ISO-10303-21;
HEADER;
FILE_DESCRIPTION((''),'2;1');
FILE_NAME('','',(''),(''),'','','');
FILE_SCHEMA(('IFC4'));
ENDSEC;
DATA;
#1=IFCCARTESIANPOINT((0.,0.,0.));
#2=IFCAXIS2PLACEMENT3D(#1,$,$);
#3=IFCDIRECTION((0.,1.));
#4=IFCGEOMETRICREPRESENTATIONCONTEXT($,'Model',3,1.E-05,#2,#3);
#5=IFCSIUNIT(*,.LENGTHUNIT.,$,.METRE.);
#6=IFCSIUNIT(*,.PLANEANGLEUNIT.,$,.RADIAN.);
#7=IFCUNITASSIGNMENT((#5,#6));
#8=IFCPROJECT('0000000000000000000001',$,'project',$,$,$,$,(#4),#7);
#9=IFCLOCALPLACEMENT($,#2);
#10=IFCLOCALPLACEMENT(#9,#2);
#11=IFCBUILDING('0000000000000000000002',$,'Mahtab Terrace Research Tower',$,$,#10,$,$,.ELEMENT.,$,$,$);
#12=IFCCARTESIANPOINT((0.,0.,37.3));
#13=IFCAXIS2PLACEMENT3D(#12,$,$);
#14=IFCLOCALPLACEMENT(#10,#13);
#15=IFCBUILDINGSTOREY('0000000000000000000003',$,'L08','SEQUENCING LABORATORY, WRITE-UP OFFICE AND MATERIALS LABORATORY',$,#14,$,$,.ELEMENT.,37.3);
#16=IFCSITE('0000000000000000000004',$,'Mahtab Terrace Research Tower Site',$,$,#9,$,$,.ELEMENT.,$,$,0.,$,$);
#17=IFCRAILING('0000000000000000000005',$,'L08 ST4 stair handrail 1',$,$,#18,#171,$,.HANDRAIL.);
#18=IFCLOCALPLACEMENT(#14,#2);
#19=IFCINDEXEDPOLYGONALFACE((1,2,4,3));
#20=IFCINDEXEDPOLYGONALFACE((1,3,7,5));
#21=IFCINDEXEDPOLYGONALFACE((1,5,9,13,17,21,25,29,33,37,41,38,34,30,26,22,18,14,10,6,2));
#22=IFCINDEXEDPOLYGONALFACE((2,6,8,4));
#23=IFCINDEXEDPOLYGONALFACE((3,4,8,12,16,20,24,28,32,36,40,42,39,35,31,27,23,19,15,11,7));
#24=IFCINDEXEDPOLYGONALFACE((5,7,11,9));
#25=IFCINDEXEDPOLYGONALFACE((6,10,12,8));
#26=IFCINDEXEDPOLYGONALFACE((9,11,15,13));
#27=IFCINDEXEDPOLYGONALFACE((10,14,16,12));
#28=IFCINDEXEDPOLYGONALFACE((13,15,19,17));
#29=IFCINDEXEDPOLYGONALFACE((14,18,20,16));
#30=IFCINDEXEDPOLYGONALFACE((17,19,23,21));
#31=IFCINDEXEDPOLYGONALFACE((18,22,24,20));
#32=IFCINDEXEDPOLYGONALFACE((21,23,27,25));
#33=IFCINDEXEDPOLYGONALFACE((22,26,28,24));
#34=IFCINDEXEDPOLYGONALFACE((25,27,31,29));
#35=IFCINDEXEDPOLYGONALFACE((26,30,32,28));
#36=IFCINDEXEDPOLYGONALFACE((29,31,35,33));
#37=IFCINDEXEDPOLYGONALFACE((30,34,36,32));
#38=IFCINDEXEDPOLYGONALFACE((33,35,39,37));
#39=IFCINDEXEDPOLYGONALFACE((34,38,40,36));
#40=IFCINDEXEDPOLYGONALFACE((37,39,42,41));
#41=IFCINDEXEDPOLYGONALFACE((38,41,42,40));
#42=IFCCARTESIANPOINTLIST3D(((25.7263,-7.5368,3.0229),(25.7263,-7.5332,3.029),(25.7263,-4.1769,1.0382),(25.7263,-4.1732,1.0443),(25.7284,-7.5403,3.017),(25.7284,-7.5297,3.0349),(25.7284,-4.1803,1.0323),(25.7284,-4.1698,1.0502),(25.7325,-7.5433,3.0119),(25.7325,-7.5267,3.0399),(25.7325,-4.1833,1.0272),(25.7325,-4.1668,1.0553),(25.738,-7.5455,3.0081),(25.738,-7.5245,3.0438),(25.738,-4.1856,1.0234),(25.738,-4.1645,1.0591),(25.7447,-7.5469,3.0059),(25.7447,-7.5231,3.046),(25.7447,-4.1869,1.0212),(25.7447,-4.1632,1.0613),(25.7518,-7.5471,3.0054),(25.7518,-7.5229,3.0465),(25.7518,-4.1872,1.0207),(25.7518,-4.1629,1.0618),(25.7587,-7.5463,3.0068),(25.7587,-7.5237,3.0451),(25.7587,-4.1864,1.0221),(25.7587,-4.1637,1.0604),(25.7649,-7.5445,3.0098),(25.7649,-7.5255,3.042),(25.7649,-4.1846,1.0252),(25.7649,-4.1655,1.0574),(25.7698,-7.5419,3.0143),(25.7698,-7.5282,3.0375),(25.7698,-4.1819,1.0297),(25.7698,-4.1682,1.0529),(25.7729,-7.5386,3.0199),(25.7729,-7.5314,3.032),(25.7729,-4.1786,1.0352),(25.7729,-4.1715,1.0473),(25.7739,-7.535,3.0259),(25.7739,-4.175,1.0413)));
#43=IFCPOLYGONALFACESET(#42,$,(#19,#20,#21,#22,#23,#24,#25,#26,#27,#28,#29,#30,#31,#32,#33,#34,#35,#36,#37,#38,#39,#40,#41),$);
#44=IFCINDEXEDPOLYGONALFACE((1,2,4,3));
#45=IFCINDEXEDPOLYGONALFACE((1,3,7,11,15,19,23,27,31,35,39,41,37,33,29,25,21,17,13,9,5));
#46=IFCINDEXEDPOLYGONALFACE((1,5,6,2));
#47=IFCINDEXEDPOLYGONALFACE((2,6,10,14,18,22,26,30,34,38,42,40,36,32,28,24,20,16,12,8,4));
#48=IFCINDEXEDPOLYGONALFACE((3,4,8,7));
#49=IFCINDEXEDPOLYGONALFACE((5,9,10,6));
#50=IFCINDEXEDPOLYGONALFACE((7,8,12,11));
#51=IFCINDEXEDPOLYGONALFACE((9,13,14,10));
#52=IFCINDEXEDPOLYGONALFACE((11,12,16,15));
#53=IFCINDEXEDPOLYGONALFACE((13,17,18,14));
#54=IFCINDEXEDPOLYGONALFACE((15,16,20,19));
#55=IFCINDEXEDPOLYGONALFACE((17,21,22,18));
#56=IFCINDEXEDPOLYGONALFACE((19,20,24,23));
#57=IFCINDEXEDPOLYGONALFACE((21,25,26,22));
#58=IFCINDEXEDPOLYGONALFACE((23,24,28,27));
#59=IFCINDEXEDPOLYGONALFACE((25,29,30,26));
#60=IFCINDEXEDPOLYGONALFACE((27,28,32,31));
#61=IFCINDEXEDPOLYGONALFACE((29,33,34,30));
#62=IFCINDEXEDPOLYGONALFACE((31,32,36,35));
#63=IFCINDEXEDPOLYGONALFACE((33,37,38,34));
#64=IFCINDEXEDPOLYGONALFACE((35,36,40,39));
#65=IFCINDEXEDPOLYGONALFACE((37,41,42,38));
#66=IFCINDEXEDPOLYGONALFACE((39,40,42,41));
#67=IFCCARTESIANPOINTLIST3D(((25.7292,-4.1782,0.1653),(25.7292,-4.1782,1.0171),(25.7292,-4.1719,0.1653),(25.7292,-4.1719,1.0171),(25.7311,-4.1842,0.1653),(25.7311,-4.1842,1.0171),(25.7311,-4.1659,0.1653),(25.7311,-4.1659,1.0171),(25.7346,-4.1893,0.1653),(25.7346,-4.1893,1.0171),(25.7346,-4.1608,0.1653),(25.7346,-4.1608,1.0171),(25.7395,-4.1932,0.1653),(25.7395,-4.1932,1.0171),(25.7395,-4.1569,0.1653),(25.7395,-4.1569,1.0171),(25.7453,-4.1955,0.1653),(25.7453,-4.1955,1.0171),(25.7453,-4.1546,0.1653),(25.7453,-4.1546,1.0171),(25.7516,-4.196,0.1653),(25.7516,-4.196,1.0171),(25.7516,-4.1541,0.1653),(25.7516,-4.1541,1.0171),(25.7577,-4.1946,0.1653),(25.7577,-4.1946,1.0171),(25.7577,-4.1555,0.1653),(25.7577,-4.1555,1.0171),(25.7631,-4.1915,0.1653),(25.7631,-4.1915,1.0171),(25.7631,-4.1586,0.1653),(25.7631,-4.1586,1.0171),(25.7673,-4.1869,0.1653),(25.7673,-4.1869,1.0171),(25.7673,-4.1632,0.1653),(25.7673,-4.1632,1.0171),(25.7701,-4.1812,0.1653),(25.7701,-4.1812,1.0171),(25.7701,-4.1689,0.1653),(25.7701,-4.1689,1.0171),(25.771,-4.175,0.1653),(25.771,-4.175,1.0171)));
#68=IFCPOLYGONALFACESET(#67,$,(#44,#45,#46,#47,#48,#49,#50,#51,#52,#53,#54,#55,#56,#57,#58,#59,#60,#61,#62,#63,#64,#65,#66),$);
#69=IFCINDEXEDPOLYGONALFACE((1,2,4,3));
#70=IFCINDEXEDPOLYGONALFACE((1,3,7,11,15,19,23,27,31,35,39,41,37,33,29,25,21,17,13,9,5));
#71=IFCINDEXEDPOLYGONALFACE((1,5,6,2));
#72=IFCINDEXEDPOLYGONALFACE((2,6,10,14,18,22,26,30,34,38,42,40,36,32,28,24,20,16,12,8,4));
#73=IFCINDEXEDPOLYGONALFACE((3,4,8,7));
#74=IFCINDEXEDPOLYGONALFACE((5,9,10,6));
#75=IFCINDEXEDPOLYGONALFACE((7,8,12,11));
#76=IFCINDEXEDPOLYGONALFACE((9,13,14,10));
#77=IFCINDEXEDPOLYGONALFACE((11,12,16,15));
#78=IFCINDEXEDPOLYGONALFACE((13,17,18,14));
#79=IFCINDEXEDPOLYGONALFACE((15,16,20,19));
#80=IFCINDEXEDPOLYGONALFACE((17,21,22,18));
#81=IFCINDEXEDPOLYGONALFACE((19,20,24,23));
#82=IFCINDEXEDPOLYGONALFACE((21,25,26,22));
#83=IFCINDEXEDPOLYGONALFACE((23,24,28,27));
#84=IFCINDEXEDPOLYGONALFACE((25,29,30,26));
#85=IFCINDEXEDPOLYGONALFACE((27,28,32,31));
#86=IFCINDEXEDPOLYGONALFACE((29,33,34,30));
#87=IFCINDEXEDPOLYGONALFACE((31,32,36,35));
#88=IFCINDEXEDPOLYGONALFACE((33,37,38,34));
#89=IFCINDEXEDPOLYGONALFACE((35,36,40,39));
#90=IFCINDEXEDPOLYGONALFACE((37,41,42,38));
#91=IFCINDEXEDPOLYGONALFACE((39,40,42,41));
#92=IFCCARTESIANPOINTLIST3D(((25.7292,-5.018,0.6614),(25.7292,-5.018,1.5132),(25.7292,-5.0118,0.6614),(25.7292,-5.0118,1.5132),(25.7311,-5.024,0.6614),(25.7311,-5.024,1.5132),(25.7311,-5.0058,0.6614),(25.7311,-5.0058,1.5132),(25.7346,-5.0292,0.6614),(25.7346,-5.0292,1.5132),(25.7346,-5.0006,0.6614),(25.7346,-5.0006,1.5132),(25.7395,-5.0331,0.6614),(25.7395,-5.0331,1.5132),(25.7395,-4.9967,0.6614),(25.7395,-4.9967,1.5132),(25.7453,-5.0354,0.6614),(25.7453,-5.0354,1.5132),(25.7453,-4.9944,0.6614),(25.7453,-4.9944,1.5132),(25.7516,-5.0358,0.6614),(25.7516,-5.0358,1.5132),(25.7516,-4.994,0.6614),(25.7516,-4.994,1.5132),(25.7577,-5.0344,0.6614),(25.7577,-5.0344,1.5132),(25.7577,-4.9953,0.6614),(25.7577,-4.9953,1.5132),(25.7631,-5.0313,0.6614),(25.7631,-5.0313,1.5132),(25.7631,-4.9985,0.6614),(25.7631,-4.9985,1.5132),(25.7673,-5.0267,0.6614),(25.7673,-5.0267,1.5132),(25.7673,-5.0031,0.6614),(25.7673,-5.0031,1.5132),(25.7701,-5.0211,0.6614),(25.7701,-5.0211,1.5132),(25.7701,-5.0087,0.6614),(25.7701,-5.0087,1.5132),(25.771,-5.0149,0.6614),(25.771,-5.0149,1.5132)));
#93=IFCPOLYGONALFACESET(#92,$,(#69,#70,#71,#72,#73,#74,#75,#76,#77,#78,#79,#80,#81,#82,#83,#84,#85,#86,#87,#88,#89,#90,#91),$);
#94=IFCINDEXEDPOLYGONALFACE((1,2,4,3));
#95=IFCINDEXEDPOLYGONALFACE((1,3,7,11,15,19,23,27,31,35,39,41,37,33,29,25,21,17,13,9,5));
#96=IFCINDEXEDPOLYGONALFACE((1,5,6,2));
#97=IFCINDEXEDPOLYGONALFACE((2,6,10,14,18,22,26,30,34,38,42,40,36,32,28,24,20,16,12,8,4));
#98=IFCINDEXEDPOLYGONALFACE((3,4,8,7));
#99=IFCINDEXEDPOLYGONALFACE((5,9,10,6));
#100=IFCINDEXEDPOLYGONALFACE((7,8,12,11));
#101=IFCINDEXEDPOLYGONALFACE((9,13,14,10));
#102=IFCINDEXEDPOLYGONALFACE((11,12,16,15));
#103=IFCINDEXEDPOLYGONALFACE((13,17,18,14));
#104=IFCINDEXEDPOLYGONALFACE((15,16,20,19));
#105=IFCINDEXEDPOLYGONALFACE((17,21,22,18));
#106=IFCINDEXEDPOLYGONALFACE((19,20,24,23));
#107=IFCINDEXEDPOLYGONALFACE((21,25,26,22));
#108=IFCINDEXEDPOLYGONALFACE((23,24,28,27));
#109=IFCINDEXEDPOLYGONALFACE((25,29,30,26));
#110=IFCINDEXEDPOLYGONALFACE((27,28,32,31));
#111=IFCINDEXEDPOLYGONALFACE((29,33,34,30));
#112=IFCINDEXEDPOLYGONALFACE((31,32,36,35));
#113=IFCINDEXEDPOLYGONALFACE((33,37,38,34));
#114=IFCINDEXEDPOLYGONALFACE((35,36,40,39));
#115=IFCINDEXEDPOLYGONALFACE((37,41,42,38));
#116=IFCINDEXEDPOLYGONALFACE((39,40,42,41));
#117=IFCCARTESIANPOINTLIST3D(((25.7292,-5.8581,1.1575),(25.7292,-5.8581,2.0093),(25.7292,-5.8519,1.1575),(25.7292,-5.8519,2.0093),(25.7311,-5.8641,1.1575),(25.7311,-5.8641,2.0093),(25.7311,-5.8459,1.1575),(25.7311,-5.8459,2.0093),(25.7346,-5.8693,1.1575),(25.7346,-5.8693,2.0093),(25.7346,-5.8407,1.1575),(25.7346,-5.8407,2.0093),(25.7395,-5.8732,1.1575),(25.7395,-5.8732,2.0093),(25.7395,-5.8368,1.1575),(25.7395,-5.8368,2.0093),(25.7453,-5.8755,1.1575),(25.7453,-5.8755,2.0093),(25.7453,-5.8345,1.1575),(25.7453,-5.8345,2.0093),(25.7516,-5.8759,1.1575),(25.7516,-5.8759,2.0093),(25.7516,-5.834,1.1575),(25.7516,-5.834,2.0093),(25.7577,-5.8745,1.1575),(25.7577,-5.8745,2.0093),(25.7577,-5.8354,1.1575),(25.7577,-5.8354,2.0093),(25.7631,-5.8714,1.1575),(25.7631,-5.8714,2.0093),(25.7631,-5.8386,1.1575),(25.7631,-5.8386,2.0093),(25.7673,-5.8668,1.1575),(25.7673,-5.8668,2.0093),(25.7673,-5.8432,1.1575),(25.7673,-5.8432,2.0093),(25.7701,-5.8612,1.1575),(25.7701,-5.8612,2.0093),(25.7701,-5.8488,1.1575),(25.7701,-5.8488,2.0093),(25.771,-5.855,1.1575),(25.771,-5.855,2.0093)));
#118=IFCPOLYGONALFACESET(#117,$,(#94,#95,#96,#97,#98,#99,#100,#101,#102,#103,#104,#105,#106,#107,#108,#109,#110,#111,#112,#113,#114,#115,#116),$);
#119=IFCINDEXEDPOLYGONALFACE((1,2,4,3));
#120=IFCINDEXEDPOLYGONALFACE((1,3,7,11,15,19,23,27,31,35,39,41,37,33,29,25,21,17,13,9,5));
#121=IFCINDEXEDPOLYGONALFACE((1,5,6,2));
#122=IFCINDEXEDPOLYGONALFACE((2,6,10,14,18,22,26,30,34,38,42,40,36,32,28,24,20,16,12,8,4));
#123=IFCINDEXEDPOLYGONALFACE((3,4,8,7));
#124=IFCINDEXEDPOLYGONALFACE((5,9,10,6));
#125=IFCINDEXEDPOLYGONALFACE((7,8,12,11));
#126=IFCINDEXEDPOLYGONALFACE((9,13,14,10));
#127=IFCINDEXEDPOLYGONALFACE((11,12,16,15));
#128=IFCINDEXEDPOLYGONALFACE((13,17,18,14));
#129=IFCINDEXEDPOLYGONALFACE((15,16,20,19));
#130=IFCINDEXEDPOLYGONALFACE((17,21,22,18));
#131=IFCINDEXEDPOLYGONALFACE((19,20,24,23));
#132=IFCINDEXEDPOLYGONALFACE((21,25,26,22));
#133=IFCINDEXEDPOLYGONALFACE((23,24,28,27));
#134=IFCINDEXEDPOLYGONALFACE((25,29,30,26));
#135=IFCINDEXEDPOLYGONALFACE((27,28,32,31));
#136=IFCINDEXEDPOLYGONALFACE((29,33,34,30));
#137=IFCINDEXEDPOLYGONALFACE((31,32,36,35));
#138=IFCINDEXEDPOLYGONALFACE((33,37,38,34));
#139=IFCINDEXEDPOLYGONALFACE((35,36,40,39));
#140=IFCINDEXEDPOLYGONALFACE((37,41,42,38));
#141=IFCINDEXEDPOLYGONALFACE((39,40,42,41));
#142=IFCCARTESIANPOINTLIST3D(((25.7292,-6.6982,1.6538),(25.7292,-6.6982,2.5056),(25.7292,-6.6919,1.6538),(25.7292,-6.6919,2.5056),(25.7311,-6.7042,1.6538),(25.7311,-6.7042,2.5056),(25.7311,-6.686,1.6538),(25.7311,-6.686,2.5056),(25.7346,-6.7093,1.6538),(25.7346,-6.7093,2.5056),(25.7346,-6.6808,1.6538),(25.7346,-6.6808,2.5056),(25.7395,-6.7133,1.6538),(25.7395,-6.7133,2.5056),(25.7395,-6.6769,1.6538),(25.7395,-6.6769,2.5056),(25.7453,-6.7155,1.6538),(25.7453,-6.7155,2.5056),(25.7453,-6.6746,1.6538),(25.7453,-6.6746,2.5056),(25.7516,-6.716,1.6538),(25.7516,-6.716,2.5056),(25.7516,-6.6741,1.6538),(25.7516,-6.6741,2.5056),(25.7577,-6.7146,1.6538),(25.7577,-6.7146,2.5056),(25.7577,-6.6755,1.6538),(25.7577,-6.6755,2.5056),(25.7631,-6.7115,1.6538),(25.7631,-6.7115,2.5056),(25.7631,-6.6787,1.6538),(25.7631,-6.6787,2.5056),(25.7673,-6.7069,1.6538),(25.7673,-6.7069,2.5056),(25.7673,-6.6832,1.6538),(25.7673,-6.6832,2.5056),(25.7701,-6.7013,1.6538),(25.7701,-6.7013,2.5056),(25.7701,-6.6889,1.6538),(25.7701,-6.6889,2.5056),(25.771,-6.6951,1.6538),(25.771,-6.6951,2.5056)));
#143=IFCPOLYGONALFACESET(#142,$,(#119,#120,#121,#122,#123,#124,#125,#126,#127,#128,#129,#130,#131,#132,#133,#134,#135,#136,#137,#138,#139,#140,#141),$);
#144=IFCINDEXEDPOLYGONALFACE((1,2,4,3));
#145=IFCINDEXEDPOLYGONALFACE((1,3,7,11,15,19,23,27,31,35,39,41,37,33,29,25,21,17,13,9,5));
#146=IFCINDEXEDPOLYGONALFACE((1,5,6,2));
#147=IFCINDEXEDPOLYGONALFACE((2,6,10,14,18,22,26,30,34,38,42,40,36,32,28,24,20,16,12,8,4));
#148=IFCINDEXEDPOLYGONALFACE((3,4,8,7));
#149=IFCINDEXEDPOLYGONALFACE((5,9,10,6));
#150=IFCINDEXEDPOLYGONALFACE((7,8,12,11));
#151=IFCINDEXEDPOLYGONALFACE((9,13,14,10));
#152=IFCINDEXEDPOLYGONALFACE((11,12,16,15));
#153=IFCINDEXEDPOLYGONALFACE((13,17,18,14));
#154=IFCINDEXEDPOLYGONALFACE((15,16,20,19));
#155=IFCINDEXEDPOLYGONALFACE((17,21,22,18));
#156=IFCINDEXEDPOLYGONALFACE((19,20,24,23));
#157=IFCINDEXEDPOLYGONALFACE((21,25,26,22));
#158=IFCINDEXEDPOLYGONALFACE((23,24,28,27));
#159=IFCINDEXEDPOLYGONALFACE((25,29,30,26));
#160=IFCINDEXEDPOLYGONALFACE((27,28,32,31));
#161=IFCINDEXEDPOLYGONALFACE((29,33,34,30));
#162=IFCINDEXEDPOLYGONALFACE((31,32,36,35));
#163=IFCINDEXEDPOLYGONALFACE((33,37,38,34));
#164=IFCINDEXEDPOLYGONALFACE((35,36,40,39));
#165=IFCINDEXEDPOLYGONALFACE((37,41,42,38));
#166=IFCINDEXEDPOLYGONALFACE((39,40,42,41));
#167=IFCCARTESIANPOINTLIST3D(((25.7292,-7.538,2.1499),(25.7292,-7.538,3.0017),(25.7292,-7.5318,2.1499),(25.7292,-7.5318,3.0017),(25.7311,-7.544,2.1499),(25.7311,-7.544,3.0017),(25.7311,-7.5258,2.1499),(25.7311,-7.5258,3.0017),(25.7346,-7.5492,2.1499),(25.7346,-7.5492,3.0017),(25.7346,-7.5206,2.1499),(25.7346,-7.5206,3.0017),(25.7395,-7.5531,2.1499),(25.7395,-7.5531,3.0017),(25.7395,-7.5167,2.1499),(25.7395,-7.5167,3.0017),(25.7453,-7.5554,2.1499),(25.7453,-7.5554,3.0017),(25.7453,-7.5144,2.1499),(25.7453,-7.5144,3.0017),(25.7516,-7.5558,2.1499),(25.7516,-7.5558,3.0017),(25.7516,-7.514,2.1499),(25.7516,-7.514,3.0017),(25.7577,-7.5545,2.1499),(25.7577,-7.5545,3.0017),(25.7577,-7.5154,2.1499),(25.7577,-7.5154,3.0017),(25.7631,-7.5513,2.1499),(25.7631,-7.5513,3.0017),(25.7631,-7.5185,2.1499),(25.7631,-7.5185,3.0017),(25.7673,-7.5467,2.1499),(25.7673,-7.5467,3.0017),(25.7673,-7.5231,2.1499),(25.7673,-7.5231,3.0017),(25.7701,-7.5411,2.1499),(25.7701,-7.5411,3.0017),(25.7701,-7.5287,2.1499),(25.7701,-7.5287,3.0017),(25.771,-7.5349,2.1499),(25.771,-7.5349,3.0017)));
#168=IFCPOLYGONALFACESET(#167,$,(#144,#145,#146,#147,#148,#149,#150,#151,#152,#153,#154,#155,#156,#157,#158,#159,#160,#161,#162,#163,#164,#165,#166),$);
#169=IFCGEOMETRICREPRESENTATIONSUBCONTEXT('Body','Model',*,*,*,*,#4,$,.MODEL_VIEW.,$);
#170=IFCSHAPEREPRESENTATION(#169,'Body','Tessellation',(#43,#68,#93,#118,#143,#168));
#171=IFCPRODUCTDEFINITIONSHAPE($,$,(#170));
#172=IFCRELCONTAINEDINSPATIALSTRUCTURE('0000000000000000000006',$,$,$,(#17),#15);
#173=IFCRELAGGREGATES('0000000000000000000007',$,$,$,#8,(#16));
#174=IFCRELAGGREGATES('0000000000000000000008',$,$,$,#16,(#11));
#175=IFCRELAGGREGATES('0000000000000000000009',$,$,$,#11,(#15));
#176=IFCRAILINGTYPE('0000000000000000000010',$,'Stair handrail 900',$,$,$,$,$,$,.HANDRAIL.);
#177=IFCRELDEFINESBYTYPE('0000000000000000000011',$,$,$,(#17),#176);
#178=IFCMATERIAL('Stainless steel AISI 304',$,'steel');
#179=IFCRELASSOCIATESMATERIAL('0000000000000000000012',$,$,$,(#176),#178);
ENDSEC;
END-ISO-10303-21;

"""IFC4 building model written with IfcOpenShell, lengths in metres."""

from ifc_helpers import new_model, si_unit, direction, frame, origin, origin_2d, place, context, subcontext, project, spatial, circle, extrude, material, type_object, element, save


model = new_model("IFC4")

# Units and contexts
model_context = context("Model", 3, precision=1e-05, world=origin(), true_north=direction((0.0, 1.0)))
body_context = subcontext(model_context, "Body", "Model", "MODEL_VIEW")
ifc_project = project(units=[si_unit("LENGTHUNIT", "METRE"), si_unit("PLANEANGLEUNIT", "RADIAN")], contexts=[model_context])

# Site, building, storey
site_placement = place(None, origin())
site = spatial("IfcSite", under=ifc_project, at=site_placement, Name="Mahtab Terrace Research Tower Site", CompositionType="ELEMENT", RefElevation=0.0)
building_placement = place(site_placement, origin())
building = spatial("IfcBuilding", under=site, at=building_placement, Name="Mahtab Terrace Research Tower", CompositionType="ELEMENT")
storey_placement = place(building_placement, frame((0.0, 0.0, 37.3)))
storey = spatial("IfcBuildingStorey", under=building, at=storey_placement, Name="L08", Description="SEQUENCING LABORATORY, WRITE-UP OFFICE AND MATERIALS LABORATORY", CompositionType="ELEMENT", Elevation=37.3)

# Shared definitions
ifc_material_1 = material(Name="Stainless steel AISI 304", Category="steel")

# Railing
railing_type = type_object("IfcRailingType", Name="Stair handrail 900", PredefinedType="HANDRAIL", material=ifc_material_1)
railing_placement = place(storey_placement, frame((25.75, -4.175, 0.1653)))
element("IfcRailing", 1, at=railing_placement, inside=storey, type_object=railing_type, Name="L08 ST4 stair handrail 1", PredefinedType="HANDRAIL", context=body_context, shape_type="SweptSolid", body=[
    extrude(circle(Radius=0.0239, at=origin_2d()), frame((0.0, 0.0, 0.876), z_axis=(0.0, -0.861011, 0.508586), x_axis=(1.0, 0.0, 0.0)), (0.0, 0.0, 1.0), 3.9023),
    extrude(circle(Radius=0.021, at=origin_2d()), origin(), (0.0, 0.0, 1.0), 0.8518),
    extrude(circle(Radius=0.021, at=origin_2d()), frame((0.0, -0.8398, 0.4961)), (0.0, 0.0, 1.0), 0.8518),
    extrude(circle(Radius=0.021, at=origin_2d()), frame((0.0, -1.6799, 0.9922)), (0.0, 0.0, 1.0), 0.8518),
    extrude(circle(Radius=0.021, at=origin_2d()), frame((0.0, -2.52, 1.4885)), (0.0, 0.0, 1.0), 0.8518),
    extrude(circle(Radius=0.021, at=origin_2d()), frame((0.0, -3.3599, 1.9846)), (0.0, 0.0, 1.0), 0.8518),
])

save(model, "model.ifc")
